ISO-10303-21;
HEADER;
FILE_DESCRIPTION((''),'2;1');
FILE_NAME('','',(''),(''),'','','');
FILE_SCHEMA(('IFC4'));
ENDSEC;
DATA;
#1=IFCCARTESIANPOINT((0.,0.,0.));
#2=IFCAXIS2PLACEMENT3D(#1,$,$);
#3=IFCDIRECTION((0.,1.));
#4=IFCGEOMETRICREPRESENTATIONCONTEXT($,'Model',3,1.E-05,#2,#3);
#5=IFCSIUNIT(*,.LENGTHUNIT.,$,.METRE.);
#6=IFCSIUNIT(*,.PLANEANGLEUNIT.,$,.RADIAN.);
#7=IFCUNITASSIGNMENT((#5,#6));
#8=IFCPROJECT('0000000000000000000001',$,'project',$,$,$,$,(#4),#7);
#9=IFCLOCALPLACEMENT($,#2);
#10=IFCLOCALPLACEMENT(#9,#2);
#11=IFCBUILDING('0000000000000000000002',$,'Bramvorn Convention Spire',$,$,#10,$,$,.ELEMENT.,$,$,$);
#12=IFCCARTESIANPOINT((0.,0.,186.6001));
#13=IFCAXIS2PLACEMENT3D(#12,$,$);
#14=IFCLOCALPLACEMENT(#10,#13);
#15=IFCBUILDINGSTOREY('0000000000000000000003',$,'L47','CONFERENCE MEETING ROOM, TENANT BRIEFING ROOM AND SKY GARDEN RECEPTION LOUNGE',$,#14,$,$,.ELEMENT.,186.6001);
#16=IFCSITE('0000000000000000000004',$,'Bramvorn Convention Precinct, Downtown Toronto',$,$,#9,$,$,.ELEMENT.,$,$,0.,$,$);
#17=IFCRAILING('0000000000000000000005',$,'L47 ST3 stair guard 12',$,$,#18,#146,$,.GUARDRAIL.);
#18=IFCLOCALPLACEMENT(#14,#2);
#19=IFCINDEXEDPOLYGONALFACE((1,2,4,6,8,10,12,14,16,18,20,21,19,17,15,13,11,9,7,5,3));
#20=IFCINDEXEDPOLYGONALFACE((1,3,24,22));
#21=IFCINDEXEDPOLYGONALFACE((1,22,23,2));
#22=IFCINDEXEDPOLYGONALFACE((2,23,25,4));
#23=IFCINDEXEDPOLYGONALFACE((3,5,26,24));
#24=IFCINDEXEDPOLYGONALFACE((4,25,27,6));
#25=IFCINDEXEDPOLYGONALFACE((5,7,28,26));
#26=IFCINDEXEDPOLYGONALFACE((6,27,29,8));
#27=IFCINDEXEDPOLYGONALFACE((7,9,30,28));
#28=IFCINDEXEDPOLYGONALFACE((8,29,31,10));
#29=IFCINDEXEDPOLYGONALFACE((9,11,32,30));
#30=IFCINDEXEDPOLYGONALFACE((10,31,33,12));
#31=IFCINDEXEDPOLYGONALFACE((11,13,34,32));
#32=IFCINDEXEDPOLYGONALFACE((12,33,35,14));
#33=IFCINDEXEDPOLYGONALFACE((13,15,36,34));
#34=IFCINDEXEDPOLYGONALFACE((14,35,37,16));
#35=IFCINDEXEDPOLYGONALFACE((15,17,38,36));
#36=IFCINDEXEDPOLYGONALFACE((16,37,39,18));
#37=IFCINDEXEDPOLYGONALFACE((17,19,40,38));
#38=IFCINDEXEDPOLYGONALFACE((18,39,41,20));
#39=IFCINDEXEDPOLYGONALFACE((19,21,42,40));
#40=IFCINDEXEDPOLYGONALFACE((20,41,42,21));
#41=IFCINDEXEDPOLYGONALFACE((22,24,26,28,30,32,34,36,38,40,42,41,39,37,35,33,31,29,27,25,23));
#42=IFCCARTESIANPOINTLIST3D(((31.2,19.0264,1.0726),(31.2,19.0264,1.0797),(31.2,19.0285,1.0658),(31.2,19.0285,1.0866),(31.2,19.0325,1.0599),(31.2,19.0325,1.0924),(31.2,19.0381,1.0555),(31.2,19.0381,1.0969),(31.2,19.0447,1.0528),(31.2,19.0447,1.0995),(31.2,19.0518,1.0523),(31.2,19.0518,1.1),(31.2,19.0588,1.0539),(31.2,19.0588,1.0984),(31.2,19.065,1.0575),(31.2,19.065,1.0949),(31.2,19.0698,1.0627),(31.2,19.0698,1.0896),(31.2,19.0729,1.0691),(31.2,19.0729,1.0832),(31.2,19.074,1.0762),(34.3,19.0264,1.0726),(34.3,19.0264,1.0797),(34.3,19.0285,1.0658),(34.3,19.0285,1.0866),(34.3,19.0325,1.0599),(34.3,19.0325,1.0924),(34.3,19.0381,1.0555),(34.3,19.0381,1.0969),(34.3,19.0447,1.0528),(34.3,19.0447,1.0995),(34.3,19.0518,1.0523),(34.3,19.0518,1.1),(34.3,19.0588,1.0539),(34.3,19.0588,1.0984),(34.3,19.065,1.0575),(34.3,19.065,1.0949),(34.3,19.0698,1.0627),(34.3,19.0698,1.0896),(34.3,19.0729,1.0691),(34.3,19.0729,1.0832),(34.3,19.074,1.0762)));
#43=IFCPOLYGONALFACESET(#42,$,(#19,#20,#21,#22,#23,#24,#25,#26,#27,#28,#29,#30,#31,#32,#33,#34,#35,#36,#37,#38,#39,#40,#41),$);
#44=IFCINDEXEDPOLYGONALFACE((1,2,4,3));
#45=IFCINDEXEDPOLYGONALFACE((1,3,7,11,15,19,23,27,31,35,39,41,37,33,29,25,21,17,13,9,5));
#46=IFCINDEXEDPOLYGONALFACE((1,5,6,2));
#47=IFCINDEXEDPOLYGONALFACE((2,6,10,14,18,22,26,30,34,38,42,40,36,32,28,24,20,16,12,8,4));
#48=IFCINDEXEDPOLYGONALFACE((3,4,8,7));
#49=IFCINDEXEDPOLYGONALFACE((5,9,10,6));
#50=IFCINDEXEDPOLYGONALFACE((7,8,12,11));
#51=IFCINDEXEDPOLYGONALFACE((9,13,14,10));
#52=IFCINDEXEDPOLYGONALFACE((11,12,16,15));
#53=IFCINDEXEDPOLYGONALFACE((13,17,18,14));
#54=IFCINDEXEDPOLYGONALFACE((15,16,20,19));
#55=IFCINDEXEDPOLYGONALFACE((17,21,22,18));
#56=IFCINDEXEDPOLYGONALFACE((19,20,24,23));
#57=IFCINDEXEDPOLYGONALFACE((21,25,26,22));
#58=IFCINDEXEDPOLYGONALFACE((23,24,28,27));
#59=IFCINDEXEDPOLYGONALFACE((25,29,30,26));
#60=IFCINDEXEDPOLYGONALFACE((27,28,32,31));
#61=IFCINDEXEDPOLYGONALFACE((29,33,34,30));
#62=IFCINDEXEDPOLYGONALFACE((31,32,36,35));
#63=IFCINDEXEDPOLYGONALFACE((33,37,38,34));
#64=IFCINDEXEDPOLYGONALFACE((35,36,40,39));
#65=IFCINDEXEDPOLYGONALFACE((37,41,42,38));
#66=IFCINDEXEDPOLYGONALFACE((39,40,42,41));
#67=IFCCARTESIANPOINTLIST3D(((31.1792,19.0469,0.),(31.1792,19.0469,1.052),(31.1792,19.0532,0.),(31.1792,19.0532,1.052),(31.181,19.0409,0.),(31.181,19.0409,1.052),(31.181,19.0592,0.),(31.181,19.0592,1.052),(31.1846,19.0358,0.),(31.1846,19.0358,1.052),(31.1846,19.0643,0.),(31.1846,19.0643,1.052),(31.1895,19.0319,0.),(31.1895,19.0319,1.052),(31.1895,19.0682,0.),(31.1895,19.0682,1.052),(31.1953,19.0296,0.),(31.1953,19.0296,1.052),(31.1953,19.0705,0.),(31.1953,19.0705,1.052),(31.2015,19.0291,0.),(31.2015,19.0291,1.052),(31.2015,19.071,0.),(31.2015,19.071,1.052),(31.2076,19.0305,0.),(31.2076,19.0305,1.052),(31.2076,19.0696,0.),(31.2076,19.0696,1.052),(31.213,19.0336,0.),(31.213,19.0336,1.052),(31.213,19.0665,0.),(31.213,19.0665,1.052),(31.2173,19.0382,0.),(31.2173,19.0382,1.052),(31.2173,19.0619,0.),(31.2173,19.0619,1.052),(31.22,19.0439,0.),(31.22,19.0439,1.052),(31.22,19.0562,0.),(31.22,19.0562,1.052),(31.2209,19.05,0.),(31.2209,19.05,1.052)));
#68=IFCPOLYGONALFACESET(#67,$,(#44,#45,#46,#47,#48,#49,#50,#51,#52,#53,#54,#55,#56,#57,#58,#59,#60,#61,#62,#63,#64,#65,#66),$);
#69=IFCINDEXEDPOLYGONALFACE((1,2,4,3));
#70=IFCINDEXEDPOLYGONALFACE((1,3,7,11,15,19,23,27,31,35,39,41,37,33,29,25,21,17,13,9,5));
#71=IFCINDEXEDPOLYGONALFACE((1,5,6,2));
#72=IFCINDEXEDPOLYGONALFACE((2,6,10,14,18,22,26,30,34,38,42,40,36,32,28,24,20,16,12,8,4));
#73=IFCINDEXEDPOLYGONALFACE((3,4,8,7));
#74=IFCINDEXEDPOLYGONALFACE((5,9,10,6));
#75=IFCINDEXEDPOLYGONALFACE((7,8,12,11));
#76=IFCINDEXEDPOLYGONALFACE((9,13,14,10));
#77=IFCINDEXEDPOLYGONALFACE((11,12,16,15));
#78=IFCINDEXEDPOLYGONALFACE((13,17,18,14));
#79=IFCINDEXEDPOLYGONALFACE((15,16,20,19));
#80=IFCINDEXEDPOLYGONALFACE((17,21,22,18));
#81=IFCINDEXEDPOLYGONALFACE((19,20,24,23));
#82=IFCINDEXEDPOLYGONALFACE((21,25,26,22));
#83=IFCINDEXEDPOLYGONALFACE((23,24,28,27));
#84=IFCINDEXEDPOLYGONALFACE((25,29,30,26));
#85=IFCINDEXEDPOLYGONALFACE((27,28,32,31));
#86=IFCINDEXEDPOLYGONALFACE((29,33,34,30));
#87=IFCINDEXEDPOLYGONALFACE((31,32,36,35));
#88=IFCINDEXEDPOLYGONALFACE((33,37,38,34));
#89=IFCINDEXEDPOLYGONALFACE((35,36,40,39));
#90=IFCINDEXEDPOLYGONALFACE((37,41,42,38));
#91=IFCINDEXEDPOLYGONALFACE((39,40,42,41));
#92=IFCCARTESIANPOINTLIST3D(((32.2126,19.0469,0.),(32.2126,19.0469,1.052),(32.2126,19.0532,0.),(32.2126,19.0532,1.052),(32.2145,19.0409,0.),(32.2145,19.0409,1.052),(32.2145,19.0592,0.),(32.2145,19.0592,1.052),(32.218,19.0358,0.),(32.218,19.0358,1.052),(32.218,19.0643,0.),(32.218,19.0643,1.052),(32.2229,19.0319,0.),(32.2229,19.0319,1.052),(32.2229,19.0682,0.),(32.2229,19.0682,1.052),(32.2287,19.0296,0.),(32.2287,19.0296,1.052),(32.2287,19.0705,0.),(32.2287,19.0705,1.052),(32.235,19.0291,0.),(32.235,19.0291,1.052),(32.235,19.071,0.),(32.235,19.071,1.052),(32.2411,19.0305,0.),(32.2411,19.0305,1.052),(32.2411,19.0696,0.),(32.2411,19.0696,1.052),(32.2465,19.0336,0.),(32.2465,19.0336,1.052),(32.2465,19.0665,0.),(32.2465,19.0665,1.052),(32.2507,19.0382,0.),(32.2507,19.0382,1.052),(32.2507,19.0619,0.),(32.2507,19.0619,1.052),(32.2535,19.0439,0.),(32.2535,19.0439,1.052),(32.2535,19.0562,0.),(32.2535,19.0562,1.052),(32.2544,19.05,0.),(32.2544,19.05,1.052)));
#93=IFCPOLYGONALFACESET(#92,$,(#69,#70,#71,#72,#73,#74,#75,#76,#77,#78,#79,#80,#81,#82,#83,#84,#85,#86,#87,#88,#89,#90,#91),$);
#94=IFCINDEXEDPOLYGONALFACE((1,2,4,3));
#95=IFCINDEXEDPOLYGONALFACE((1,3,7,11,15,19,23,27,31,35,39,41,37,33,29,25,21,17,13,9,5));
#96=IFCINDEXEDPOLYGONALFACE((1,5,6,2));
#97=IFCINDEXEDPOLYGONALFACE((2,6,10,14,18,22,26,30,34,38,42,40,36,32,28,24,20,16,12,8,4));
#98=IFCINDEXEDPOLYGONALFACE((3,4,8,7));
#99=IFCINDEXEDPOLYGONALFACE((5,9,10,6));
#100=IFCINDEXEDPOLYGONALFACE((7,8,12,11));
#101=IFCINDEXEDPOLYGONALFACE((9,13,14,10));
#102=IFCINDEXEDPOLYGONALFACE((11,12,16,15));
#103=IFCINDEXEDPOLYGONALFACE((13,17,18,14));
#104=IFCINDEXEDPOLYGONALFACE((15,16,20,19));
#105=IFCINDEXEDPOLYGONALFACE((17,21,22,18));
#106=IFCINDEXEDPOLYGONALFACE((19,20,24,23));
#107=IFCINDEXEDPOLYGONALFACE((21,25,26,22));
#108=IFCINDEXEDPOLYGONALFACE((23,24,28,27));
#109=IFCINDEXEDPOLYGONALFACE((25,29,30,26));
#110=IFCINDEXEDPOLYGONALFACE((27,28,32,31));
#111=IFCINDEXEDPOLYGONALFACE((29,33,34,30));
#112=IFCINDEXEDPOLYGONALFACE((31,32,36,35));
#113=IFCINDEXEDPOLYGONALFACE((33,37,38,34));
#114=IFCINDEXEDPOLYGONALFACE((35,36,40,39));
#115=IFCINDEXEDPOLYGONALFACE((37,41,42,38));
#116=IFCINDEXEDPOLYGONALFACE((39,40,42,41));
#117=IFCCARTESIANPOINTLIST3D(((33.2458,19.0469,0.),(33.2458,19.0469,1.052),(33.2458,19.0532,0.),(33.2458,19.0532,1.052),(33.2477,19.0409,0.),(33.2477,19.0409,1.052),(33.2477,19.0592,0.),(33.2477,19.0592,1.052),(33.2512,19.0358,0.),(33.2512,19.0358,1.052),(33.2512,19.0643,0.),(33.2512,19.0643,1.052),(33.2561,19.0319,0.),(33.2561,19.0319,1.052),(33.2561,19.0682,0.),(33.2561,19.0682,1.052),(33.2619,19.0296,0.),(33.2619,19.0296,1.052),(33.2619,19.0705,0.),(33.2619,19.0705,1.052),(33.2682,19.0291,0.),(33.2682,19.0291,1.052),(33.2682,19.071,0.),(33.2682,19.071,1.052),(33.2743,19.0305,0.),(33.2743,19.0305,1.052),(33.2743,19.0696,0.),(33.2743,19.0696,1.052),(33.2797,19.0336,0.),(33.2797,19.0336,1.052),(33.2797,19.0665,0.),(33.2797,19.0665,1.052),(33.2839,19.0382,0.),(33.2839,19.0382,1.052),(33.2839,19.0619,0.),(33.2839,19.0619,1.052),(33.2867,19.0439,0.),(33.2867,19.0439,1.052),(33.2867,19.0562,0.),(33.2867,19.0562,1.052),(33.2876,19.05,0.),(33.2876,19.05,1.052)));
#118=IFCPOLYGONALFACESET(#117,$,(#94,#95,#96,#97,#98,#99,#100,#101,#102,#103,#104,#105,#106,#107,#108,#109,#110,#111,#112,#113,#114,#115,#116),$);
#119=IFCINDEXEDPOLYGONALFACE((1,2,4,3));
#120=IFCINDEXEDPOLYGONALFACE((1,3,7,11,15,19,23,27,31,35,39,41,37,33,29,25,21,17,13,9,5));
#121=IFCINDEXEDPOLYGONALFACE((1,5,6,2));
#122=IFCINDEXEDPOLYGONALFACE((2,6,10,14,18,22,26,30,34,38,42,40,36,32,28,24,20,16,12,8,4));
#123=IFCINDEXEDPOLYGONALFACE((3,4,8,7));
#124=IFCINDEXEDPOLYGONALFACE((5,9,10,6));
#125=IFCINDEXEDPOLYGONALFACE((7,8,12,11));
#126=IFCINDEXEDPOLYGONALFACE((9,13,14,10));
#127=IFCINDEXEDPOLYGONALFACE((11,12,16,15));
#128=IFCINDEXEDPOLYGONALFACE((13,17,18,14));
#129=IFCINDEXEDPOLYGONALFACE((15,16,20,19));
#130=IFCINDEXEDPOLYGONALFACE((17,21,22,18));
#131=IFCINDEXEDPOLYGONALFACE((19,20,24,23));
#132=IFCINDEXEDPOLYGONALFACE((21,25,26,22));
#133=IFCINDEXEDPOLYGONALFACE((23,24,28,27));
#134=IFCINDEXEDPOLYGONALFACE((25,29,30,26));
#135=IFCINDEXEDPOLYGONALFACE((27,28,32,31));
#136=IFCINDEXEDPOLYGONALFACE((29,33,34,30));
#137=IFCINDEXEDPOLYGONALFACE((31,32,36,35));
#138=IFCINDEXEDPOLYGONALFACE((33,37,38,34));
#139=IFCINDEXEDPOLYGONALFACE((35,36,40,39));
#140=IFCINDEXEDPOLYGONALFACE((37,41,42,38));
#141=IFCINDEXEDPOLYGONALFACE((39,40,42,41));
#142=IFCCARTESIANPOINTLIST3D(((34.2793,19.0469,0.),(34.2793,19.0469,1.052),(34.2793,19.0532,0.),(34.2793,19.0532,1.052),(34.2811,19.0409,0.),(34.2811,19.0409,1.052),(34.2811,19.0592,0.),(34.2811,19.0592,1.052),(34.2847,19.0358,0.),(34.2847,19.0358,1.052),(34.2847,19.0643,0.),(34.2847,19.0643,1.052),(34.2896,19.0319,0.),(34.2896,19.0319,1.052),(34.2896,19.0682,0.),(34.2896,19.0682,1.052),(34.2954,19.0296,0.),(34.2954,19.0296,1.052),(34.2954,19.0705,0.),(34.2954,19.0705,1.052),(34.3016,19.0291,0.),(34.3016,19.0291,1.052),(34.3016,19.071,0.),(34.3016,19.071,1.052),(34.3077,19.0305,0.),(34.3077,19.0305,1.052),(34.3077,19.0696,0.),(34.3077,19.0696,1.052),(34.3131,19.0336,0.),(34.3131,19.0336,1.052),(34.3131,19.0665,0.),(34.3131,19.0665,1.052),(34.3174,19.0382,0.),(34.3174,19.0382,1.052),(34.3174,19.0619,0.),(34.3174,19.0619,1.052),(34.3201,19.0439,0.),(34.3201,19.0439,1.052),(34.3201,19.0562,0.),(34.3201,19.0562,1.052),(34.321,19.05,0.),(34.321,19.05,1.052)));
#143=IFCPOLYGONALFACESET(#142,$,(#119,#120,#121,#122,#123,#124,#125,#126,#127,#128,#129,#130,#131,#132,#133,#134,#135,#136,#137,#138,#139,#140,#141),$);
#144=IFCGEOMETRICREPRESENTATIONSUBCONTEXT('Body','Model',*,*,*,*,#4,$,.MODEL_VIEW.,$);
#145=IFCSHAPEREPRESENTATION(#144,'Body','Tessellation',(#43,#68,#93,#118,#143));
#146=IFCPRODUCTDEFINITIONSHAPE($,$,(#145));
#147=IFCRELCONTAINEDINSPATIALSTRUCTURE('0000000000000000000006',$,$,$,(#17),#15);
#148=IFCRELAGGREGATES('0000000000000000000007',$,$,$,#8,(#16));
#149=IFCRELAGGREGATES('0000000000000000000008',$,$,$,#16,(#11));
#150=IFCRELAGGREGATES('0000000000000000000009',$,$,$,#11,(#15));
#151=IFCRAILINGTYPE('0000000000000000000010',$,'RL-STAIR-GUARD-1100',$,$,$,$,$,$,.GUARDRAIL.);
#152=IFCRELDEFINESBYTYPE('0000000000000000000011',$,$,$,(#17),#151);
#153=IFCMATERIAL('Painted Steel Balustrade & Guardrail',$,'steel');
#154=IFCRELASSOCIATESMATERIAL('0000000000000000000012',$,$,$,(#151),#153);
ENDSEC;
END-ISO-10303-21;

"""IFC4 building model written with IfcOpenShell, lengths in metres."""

from ifc_helpers import new_model, si_unit, direction, frame, origin, origin_2d, place, context, subcontext, project, spatial, circle, extrude, material, type_object, element, save


model = new_model("IFC4")

# Units and contexts
model_context = context("Model", 3, precision=1e-05, world=origin(), true_north=direction((0.0, 1.0)))
body_context = subcontext(model_context, "Body", "Model", "MODEL_VIEW")
ifc_project = project(units=[si_unit("LENGTHUNIT", "METRE"), si_unit("PLANEANGLEUNIT", "RADIAN")], contexts=[model_context])

# Site, building, storey
site_placement = place(None, origin())
site = spatial("IfcSite", under=ifc_project, at=site_placement, Name="Bramvorn Convention Precinct, Downtown Toronto", CompositionType="ELEMENT", RefElevation=0.0)
building_placement = place(site_placement, origin())
building = spatial("IfcBuilding", under=site, at=building_placement, Name="Bramvorn Convention Spire", CompositionType="ELEMENT")
storey_placement = place(building_placement, frame((0.0, 0.0, 186.6001)))
storey = spatial("IfcBuildingStorey", under=building, at=storey_placement, Name="L47", Description="CONFERENCE MEETING ROOM, TENANT BRIEFING ROOM AND SKY GARDEN RECEPTION LOUNGE", CompositionType="ELEMENT", Elevation=186.6001)

# Railing
ifc_material_1 = material(Name="Painted Steel Balustrade & Guardrail", Category="steel")
railing_type = type_object("IfcRailingType", Name="RL-STAIR-GUARD-1100", PredefinedType="GUARDRAIL", material=ifc_material_1)
railing_1_placement = place(storey_placement, frame((31.2, 19.05, 0.0)))
element("IfcRailing", 1, at=railing_1_placement, inside=storey, type_object=railing_type, Name="L47 ST3 stair guard 12", PredefinedType="GUARDRAIL", context=body_context, shape_type="SweptSolid", body=[
    extrude(circle(Radius=0.0239, at=origin_2d()), frame((0.0, 0.0, 1.0762), z_axis=(1.0, 0.0, 0.0), x_axis=(0.0, 1.0, 0.0)), (0.0, 0.0, 1.0), 3.1001),
    extrude(circle(Radius=0.021, at=origin_2d()), origin(), (0.0, 0.0, 1.0), 1.052),
    extrude(circle(Radius=0.021, at=origin_2d()), frame((1.0334, 0.0, 0.0)), (0.0, 0.0, 1.0), 1.052),
    extrude(circle(Radius=0.021, at=origin_2d()), frame((2.0667, 0.0, 0.0)), (0.0, 0.0, 1.0), 1.052),
    extrude(circle(Radius=0.021, at=origin_2d()), frame((3.1001, 0.0, 0.0)), (0.0, 0.0, 1.0), 1.052),
])

save(model, "model.ifc")
